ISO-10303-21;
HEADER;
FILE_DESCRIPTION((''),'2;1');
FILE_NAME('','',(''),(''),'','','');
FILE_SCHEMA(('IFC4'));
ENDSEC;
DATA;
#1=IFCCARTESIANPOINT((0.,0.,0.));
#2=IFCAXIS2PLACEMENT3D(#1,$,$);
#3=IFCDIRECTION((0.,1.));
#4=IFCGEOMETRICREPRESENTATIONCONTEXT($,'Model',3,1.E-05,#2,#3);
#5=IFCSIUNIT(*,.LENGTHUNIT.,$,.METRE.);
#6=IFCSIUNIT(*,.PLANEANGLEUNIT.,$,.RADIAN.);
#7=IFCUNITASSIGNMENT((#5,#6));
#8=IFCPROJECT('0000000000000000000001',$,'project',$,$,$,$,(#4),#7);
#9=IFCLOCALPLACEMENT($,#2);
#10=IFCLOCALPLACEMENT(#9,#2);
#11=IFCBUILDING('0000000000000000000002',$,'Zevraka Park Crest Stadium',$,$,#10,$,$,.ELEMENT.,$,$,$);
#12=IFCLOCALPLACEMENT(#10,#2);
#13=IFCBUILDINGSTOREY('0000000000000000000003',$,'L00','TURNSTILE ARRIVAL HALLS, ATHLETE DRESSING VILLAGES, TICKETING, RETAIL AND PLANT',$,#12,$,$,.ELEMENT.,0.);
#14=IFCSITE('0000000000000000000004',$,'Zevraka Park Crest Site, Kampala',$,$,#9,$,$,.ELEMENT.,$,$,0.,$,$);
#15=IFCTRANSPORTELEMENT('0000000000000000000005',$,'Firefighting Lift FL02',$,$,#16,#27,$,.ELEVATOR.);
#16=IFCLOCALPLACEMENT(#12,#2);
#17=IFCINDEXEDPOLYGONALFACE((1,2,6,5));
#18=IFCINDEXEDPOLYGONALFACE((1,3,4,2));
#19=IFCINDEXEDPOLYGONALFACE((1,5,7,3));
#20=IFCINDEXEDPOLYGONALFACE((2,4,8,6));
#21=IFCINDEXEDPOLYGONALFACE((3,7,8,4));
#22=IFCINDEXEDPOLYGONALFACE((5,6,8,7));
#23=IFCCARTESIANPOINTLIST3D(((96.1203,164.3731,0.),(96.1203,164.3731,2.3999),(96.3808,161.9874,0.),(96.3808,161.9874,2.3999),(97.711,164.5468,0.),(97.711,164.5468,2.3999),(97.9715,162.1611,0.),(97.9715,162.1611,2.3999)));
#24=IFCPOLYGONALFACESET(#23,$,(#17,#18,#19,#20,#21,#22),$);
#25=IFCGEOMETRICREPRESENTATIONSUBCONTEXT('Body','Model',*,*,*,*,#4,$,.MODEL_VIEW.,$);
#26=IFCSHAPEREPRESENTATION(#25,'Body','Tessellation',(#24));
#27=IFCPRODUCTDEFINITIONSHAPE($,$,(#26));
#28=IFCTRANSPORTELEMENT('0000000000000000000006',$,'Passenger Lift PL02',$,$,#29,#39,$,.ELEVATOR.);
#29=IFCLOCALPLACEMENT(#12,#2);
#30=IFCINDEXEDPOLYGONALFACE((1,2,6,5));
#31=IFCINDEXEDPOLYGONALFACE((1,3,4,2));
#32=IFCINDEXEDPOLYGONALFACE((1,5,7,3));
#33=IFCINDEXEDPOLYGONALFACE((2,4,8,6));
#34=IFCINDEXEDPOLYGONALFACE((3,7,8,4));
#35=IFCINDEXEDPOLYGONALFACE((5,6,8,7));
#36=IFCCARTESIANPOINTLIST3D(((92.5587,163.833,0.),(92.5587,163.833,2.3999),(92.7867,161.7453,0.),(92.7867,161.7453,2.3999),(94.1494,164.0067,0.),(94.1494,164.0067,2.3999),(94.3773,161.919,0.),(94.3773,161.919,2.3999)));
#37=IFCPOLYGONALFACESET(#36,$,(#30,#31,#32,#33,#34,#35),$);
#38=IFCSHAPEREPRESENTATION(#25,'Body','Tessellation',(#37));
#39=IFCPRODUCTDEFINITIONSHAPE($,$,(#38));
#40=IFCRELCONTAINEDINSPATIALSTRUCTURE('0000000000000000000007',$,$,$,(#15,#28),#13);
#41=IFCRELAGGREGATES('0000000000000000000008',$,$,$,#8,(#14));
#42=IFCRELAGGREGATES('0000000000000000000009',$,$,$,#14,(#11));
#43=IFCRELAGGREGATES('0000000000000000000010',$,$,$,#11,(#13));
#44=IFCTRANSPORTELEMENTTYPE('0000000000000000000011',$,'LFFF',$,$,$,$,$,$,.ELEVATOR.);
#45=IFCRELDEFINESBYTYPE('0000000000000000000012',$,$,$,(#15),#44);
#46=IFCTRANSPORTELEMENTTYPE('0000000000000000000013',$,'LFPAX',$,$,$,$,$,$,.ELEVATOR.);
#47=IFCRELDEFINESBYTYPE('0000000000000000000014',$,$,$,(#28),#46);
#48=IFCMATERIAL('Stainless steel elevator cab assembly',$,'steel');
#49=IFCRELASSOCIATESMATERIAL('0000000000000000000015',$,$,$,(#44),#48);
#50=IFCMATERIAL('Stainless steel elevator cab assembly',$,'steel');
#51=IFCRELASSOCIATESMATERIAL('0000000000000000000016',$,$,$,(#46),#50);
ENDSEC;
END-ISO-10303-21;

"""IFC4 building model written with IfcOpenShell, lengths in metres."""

from ifc_helpers import new_model, si_unit, direction, frame, origin, origin_2d, place, context, subcontext, project, spatial, rectangle, extrude, material, type_object, element, save


model = new_model("IFC4")

# Units and contexts
model_context = context("Model", 3, precision=1e-05, world=origin(), true_north=direction((0.0, 1.0)))
body_context = subcontext(model_context, "Body", "Model", "MODEL_VIEW")
ifc_project = project(units=[si_unit("LENGTHUNIT", "METRE"), si_unit("PLANEANGLEUNIT", "RADIAN")], contexts=[model_context])

# Site, building, storey
site_placement = place(None, origin())
site = spatial("IfcSite", under=ifc_project, at=site_placement, Name="Zevraka Park Crest Site, Kampala", CompositionType="ELEMENT", RefElevation=0.0)
building_placement = place(site_placement, origin())
building = spatial("IfcBuilding", under=site, at=building_placement, Name="Zevraka Park Crest Stadium", CompositionType="ELEMENT")
storey_placement = place(building_placement, origin())
storey = spatial("IfcBuildingStorey", under=building, at=storey_placement, Name="L00", Description="TURNSTILE ARRIVAL HALLS, ATHLETE DRESSING VILLAGES, TICKETING, RETAIL AND PLANT", CompositionType="ELEMENT", Elevation=0.0)

# Transport elements
ifc_material_1 = material(Name="Stainless steel elevator cab assembly", Category="steel")
transport_element_type_1 = type_object("IfcTransportElementType", Name="LFFF", PredefinedType="ELEVATOR", material=ifc_material_1)
transport_element_1_placement = place(storey_placement, frame((97.0459, 163.2671, 0.0), z_axis=(0.0, 0.0, 1.0), x_axis=(-0.994091, -0.108548, 0.0)))
element("IfcTransportElement", 1, at=transport_element_1_placement, inside=storey, type_object=transport_element_type_1, Name="Firefighting Lift FL02", PredefinedType="ELEVATOR", context=body_context, shape_type="SweptSolid", body=[
    extrude(rectangle(XDim=1.6001, YDim=2.3999, at=origin_2d()), origin(), (0.0, 0.0, 1.0), 2.3999),
])
ifc_material_2 = material(Name="Stainless steel elevator cab assembly", Category="steel")
transport_element_type_2 = type_object("IfcTransportElementType", Name="LFPAX", PredefinedType="ELEVATOR", material=ifc_material_2)
transport_element_2_placement = place(storey_placement, frame((93.468, 162.876, 0.0), z_axis=(0.0, 0.0, 1.0), x_axis=(-0.994091, -0.108548, 0.0)))
element("IfcTransportElement", 2, at=transport_element_2_placement, inside=storey, type_object=transport_element_type_2, Name="Passenger Lift PL02", PredefinedType="ELEVATOR", context=body_context, shape_type="SweptSolid", body=[
    extrude(rectangle(XDim=1.6001, YDim=2.1001, at=origin_2d()), origin(), (0.0, 0.0, 1.0), 2.3999),
])

save(model, "model.ifc")
